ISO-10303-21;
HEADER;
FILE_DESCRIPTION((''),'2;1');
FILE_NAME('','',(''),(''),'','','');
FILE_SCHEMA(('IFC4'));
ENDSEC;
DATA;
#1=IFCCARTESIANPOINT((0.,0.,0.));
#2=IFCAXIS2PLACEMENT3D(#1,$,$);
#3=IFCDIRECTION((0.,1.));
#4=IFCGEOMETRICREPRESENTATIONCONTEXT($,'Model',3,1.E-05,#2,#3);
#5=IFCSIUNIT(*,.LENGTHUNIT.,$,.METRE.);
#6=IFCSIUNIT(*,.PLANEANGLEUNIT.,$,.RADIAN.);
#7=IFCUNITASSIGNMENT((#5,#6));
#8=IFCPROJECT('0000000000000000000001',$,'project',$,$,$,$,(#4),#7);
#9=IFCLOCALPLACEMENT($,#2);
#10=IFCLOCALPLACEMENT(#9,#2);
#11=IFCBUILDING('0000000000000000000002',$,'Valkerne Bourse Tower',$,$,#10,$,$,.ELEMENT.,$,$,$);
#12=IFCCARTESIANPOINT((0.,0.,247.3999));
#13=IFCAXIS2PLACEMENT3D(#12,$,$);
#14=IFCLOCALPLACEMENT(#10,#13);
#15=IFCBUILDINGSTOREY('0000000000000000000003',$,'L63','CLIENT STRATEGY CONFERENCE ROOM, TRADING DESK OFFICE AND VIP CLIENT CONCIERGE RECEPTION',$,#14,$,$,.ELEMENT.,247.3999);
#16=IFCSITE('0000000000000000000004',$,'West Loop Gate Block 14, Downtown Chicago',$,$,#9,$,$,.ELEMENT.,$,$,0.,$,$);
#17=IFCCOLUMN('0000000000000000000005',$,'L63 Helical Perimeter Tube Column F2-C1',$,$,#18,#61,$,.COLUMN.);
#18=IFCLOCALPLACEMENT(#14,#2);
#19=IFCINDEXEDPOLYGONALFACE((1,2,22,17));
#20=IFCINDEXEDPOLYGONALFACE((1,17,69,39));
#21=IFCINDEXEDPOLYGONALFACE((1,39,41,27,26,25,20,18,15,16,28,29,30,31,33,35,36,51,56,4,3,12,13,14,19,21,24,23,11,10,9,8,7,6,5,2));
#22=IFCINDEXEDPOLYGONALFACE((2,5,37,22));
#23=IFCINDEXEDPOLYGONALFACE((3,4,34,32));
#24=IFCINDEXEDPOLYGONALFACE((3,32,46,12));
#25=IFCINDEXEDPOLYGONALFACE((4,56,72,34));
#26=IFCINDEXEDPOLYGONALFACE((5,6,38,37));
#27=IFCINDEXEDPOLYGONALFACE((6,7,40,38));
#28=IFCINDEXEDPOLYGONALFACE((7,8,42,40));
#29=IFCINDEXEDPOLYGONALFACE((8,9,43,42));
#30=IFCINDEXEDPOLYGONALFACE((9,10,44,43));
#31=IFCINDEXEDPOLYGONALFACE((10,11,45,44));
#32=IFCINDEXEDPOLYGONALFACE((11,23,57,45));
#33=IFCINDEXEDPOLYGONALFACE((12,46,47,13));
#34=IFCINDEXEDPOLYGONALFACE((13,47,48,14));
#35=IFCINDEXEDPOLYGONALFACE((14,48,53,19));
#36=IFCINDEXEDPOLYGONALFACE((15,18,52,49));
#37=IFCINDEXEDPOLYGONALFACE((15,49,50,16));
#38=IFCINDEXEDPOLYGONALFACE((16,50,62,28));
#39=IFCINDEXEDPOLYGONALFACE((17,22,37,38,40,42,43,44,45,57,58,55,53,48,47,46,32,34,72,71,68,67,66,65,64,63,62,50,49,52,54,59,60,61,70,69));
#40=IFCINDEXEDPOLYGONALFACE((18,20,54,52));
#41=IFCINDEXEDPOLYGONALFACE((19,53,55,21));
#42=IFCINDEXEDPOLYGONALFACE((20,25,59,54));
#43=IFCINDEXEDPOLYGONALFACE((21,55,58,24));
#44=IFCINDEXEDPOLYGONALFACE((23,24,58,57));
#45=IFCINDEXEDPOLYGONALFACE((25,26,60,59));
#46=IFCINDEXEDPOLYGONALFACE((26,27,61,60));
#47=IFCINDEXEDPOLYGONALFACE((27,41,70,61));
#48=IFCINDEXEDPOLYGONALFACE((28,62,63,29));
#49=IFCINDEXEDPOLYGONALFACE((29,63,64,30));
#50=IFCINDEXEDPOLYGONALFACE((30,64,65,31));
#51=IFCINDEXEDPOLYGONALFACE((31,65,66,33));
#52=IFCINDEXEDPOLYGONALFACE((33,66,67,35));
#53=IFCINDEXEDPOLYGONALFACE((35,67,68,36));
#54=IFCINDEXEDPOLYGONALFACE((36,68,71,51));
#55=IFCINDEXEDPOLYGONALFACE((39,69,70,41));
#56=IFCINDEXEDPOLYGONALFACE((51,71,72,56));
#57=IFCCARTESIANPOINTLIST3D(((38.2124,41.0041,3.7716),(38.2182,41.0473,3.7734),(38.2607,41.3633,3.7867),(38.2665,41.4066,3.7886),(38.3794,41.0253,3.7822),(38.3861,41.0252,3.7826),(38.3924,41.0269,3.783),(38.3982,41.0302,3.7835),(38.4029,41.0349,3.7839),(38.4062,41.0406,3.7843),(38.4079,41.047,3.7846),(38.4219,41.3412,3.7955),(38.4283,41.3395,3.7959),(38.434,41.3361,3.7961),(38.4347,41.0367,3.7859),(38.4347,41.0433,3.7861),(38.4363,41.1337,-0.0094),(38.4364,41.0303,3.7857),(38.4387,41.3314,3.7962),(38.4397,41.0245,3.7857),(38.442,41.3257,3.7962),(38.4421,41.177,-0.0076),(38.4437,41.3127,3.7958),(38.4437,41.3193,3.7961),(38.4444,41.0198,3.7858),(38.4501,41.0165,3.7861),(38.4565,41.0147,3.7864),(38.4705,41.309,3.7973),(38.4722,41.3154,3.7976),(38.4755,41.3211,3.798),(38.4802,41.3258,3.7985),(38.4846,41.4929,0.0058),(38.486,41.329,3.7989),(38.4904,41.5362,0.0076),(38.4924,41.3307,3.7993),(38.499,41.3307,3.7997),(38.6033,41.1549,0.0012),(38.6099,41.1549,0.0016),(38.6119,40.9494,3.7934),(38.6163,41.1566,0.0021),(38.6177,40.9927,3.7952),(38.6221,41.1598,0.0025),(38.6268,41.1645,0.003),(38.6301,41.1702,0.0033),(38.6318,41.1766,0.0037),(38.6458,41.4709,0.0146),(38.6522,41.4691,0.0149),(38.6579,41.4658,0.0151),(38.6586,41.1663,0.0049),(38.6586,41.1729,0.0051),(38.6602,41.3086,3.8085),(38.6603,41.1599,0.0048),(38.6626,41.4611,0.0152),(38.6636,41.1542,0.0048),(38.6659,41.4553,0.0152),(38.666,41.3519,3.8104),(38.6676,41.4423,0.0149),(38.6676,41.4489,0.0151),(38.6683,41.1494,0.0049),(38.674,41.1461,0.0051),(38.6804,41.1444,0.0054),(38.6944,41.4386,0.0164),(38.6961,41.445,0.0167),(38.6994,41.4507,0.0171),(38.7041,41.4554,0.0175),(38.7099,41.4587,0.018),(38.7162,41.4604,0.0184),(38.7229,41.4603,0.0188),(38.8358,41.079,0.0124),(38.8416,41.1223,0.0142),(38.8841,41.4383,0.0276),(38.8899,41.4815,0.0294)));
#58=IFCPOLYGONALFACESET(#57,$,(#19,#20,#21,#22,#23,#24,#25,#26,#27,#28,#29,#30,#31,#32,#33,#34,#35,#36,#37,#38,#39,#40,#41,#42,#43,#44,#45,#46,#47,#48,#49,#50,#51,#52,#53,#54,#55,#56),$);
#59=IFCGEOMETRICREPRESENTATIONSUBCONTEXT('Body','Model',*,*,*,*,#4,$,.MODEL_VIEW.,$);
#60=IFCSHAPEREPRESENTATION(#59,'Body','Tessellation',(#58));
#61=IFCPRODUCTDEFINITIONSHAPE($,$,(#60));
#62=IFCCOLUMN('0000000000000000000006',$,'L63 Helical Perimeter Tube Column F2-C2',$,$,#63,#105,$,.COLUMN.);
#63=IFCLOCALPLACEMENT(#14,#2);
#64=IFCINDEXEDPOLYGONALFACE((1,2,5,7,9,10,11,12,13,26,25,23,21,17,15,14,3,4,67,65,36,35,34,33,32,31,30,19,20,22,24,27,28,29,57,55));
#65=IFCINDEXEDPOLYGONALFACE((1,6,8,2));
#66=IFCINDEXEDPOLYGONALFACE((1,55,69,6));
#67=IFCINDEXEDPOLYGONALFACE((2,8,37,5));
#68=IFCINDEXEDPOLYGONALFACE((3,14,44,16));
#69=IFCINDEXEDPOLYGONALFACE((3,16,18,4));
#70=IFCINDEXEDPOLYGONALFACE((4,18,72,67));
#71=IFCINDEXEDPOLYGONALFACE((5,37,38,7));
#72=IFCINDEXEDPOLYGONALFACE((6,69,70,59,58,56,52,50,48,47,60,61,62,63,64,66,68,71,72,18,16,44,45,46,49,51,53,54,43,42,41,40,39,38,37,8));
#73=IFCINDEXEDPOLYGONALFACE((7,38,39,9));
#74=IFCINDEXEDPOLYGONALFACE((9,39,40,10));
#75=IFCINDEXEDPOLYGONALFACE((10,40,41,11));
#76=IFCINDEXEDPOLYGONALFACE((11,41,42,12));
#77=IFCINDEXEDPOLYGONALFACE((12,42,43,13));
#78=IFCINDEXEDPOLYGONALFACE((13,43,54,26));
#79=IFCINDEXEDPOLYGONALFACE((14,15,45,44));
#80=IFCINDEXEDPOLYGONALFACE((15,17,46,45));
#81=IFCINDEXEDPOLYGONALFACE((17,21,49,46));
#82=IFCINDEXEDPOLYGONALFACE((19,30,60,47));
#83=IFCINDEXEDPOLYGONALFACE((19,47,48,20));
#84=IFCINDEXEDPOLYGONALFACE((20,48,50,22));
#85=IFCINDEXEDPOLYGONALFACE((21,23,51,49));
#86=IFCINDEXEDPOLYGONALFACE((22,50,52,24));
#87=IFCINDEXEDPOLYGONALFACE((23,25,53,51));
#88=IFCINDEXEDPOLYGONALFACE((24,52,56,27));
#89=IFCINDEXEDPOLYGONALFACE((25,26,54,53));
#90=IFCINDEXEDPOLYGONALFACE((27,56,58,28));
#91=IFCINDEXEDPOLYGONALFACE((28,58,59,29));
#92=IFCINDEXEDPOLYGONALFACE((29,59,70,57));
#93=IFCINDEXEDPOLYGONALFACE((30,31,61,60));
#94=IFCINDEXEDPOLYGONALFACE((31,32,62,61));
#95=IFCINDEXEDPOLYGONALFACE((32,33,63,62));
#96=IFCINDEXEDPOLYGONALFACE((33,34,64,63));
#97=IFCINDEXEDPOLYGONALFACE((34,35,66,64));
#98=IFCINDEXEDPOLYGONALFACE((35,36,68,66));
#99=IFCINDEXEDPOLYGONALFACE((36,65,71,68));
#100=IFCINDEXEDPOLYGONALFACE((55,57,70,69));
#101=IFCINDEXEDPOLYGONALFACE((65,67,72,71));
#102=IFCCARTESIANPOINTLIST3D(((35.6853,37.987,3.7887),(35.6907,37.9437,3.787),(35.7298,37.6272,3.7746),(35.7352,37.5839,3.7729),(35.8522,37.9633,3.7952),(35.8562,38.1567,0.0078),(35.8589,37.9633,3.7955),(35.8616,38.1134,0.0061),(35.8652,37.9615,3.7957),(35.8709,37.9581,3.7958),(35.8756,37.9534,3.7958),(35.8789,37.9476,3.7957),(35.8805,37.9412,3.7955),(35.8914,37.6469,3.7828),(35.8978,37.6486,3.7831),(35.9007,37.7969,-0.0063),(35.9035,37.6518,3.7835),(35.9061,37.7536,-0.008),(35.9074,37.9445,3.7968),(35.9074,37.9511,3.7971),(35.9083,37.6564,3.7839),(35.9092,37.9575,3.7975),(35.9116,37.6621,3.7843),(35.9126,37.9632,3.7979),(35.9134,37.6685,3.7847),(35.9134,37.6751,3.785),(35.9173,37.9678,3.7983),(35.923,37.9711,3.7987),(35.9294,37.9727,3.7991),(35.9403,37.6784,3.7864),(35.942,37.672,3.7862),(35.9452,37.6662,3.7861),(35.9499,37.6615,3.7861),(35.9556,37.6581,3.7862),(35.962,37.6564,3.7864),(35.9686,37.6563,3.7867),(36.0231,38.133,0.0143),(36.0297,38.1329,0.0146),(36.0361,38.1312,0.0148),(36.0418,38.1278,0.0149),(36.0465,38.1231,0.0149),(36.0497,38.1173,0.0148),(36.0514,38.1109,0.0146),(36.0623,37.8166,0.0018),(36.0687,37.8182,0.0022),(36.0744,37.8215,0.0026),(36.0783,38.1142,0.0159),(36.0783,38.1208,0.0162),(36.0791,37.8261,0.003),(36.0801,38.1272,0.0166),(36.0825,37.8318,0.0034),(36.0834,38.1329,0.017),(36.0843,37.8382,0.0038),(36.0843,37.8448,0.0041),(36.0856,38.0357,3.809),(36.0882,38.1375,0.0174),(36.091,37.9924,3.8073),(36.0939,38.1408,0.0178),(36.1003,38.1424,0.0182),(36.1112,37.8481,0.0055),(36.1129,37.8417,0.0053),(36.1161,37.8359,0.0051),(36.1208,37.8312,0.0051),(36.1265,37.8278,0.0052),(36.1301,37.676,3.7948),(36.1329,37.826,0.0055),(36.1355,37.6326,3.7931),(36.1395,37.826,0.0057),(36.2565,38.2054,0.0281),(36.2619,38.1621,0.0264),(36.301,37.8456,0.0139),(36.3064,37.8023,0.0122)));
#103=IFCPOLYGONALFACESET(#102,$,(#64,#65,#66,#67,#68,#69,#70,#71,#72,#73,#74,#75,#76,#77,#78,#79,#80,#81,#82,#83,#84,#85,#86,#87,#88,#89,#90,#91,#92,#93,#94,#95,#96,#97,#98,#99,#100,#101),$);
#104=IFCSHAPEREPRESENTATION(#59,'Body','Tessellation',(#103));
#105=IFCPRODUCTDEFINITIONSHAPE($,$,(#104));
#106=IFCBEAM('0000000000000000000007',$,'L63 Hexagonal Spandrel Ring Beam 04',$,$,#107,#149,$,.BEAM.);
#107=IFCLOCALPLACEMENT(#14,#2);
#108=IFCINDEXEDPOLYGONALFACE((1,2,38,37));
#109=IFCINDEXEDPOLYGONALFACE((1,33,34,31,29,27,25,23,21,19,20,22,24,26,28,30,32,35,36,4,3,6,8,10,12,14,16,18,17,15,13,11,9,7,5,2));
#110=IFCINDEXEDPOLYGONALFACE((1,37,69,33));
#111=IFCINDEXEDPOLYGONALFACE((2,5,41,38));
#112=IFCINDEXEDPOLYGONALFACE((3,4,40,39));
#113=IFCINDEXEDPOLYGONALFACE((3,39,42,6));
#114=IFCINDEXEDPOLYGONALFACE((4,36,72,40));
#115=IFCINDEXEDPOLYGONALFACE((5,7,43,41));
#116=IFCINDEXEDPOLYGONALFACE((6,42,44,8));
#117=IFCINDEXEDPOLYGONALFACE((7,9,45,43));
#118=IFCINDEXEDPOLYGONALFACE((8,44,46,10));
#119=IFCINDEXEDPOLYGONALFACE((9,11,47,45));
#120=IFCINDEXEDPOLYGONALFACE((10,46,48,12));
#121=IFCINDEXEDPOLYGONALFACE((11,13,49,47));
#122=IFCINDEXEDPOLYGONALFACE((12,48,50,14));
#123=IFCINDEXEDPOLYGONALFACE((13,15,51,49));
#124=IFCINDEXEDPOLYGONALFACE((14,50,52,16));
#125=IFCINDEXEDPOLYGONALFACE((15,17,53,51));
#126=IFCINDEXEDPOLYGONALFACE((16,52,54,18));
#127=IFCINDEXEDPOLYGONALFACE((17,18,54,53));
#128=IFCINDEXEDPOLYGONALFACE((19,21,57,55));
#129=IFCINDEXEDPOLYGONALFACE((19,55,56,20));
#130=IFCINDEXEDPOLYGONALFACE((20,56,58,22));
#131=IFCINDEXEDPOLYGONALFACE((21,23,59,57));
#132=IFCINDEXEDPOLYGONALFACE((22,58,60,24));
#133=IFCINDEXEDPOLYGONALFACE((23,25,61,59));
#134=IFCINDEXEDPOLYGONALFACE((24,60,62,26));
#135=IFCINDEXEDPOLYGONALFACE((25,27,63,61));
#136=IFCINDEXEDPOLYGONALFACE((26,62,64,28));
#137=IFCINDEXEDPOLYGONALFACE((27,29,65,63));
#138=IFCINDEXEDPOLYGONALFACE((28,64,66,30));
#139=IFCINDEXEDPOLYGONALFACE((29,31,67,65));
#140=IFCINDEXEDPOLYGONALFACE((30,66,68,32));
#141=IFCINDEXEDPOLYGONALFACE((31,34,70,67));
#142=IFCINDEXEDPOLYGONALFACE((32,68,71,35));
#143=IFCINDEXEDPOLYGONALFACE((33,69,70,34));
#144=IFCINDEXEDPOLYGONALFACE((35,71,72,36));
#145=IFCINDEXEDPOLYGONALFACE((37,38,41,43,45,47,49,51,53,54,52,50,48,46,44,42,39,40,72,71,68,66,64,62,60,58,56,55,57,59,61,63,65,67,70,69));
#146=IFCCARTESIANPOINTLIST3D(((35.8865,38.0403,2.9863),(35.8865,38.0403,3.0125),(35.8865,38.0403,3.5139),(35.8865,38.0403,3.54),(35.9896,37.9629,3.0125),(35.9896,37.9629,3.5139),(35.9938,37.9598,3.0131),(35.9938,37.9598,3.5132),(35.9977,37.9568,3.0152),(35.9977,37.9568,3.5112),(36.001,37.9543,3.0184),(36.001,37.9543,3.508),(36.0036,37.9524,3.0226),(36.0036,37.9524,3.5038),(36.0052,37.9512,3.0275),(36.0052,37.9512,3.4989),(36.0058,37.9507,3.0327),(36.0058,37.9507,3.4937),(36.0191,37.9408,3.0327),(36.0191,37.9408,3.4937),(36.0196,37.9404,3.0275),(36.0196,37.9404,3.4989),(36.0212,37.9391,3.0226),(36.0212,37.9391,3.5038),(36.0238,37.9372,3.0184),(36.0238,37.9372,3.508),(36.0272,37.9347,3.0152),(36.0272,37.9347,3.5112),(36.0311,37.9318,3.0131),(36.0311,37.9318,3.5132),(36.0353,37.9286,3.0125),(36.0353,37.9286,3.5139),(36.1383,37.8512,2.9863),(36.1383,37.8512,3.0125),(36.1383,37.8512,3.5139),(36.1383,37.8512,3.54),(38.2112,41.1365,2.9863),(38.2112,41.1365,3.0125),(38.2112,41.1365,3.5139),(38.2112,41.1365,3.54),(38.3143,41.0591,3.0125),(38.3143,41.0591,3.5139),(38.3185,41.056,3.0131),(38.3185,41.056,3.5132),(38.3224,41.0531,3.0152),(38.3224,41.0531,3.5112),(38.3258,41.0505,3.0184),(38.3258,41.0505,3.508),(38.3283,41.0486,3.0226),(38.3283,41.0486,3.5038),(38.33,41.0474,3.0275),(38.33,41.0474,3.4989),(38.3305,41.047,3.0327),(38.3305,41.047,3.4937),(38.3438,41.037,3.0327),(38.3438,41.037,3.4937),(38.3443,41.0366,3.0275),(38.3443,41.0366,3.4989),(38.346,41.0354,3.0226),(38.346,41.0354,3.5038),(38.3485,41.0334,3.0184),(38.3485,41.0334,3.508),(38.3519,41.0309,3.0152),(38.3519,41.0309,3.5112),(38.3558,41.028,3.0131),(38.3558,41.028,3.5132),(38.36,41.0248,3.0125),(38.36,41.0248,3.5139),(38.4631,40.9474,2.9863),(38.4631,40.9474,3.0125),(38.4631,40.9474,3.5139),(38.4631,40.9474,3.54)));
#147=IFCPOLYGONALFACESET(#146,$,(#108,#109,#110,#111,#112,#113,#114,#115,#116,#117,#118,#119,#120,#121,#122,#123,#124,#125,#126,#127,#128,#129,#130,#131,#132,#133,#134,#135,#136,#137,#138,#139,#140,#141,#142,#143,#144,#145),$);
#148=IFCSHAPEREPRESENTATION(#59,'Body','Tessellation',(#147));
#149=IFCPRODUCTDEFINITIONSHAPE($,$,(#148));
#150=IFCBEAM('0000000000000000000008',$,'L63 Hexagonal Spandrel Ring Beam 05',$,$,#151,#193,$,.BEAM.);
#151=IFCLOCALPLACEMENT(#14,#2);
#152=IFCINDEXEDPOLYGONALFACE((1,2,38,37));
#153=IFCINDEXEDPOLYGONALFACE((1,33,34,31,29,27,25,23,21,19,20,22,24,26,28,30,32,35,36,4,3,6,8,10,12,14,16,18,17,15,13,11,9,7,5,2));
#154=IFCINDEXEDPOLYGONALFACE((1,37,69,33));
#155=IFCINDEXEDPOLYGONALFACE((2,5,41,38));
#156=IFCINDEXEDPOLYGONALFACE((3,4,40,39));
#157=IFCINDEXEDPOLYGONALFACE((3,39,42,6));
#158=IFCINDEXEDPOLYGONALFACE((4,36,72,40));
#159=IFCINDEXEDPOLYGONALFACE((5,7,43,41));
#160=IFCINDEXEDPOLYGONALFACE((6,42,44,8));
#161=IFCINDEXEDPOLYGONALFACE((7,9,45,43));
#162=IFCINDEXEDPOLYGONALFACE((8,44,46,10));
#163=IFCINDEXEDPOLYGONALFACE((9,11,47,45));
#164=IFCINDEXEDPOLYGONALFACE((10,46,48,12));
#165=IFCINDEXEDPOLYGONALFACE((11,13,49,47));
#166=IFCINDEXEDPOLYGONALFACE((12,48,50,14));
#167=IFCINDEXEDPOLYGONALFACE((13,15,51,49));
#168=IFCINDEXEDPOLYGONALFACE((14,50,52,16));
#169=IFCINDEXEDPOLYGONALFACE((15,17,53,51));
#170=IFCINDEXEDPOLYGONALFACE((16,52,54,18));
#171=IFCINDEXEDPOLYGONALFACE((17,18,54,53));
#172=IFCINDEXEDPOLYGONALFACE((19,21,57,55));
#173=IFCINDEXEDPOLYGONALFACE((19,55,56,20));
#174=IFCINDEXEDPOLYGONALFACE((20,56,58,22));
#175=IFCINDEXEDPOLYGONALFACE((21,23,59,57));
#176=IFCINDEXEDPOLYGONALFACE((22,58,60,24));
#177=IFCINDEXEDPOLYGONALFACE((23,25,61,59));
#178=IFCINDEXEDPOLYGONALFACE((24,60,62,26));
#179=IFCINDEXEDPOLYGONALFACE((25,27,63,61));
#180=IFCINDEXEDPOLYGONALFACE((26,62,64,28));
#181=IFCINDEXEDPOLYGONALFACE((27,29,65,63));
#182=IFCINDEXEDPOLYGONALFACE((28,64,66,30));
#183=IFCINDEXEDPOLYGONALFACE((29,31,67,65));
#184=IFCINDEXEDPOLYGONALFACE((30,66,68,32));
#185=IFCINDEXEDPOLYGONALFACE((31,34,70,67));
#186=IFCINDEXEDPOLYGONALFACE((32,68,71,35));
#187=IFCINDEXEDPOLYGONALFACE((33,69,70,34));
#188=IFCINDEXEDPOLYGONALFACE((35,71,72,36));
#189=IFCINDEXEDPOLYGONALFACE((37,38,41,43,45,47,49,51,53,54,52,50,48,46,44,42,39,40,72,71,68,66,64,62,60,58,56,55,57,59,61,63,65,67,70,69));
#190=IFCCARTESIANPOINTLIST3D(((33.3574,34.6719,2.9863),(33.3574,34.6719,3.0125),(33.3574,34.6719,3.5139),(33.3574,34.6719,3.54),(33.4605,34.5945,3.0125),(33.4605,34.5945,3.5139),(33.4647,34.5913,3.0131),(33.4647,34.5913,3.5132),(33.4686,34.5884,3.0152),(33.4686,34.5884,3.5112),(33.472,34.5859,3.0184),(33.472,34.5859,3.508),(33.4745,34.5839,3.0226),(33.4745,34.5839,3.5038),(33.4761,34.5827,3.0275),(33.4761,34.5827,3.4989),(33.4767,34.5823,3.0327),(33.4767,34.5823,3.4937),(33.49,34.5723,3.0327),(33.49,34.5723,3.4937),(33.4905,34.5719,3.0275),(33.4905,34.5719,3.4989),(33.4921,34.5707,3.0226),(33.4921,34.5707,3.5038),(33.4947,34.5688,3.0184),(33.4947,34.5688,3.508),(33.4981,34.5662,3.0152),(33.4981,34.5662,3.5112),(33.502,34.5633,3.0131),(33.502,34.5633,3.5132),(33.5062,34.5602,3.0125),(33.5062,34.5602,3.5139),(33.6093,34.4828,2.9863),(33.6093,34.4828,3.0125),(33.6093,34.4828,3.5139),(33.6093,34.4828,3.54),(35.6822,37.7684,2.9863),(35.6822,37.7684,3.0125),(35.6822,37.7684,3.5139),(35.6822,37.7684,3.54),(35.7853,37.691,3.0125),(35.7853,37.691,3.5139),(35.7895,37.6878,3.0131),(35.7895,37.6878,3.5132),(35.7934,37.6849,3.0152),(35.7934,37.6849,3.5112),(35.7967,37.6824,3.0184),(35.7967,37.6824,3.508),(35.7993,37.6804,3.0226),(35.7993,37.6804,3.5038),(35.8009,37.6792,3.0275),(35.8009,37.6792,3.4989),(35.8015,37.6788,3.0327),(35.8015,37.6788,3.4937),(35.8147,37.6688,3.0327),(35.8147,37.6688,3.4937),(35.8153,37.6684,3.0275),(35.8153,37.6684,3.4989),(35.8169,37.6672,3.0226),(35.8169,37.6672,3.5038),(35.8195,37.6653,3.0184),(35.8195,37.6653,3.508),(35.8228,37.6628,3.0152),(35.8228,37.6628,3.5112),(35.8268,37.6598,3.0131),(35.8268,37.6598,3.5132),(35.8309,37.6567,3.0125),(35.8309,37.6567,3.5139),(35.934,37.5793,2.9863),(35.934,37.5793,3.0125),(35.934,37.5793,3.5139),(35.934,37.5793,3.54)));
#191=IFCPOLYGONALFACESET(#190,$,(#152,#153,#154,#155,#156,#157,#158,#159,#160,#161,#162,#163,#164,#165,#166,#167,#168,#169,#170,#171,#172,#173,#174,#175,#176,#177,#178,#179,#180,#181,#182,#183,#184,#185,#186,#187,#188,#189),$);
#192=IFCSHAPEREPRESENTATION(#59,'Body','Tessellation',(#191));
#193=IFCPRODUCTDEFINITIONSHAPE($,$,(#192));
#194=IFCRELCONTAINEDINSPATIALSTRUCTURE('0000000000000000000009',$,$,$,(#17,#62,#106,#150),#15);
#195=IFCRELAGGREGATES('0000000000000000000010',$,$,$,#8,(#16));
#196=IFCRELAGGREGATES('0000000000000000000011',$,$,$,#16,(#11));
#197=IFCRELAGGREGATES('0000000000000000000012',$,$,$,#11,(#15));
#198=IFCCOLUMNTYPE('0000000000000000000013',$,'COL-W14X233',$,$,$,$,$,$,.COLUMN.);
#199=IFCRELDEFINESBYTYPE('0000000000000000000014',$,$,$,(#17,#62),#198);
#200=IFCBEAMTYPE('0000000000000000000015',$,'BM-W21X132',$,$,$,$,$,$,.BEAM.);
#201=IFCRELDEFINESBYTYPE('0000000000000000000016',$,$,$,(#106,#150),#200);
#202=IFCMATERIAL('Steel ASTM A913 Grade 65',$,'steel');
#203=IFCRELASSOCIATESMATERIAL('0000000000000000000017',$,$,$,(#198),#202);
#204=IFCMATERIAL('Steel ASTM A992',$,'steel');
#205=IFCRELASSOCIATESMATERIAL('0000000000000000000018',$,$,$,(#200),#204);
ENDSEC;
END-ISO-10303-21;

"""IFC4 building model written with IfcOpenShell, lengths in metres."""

from ifc_helpers import new_model, si_unit, direction, frame, origin, origin_2d, place, context, subcontext, project, spatial, i_section, extrude, material, material_profile, profile_set, type_object, element, save


model = new_model("IFC4")

# Units and contexts
model_context = context("Model", 3, precision=1e-05, world=origin(), true_north=direction((0.0, 1.0)))
body_context = subcontext(model_context, "Body", "Model", "MODEL_VIEW")
ifc_project = project(units=[si_unit("LENGTHUNIT", "METRE"), si_unit("PLANEANGLEUNIT", "RADIAN")], contexts=[model_context])

# Site, building, storey
site_placement = place(None, origin())
site = spatial("IfcSite", under=ifc_project, at=site_placement, Name="West Loop Gate Block 14, Downtown Chicago", CompositionType="ELEMENT", RefElevation=0.0)
building_placement = place(site_placement, origin())
building = spatial("IfcBuilding", under=site, at=building_placement, Name="Valkerne Bourse Tower", CompositionType="ELEMENT")
storey_placement = place(building_placement, frame((0.0, 0.0, 247.3999)))
storey = spatial("IfcBuildingStorey", under=building, at=storey_placement, Name="L63", Description="CLIENT STRATEGY CONFERENCE ROOM, TRADING DESK OFFICE AND VIP CLIENT CONCIERGE RECEPTION", CompositionType="ELEMENT", Elevation=247.3999)

# Columns
ifc_material_1 = material(Name="Steel ASTM A913 Grade 65", Category="steel")
ifc_material_profile_1 = material_profile(ifc_material_1, i_section(OverallWidth=0.4038, OverallDepth=0.4065, WebThickness=0.0271, FlangeThickness=0.0437, FilletRadius=0.0254, at=origin_2d()), Name="W14X233")
ifc_profile_set_1 = profile_set([ifc_material_profile_1], Name="Steel ASTM A913 Grade 65")
column_type = type_object("IfcColumnType", Name="COL-W14X233", PredefinedType="COLUMN", material=ifc_profile_set_1)
column_1_placement = place(storey_placement, frame((38.6631, 41.3076, 0.01), z_axis=(-0.059073, -0.034207, 0.997667), x_axis=(-0.989326, 0.135368, -0.053938)))
element("IfcColumn", 1, at=column_1_placement, inside=storey, type_object=column_type, Name="L63 Helical Perimeter Tube Column F2-C1", PredefinedType="COLUMN", context=body_context, shape_type="SweptSolid", body=[
    extrude(i_section(OverallWidth=0.4038, OverallDepth=0.4065, WebThickness=0.0271, FlangeThickness=0.0437, FilletRadius=0.0254, at=origin_2d()), origin(), (0.0, 0.0, 1.0), 3.7898),
])
column_2_placement = place(storey_placement, frame((36.0813, 37.9795, 0.01), z_axis=(-0.045108, -0.044786, 0.997978), x_axis=(-0.991424, -0.120651, -0.050226)))
element("IfcColumn", 2, at=column_2_placement, inside=storey, type_object=column_type, Name="L63 Helical Perimeter Tube Column F2-C2", PredefinedType="COLUMN", context=body_context, shape_type="SweptSolid", body=[
    extrude(i_section(OverallWidth=0.4038, OverallDepth=0.4065, WebThickness=0.0271, FlangeThickness=0.0437, FilletRadius=0.0254, at=origin_2d()), origin(), (0.0, 0.0, 1.0), 3.7886),
])

# Beams
ifc_material_2 = material(Name="Steel ASTM A992", Category="steel")
ifc_material_profile_2 = material_profile(ifc_material_2, i_section(OverallWidth=0.3149, OverallDepth=0.5537, WebThickness=0.0166, FlangeThickness=0.0261, FilletRadius=0.0203, at=origin_2d()), Name="W21X132")
ifc_profile_set_2 = profile_set([ifc_material_profile_2], Name="Steel ASTM A992")
beam_type_1 = type_object("IfcBeamType", Name="BM-W21X132", PredefinedType="BEAM", material=ifc_profile_set_2)
beam_1_placement = place(storey_placement, frame((38.3372, 41.042, 3.2632), z_axis=(-0.600424, -0.799682, 0.0), x_axis=(0.799682, -0.600424, 0.0)))
element("IfcBeam", 3, at=beam_1_placement, inside=storey, type_object=beam_type_1, Name="L63 Hexagonal Spandrel Ring Beam 04", PredefinedType="BEAM", context=body_context, shape_type="SweptSolid", body=[
    extrude(i_section(OverallWidth=0.3149, OverallDepth=0.5537, WebThickness=0.0166, FlangeThickness=0.0261, FilletRadius=0.0203, at=origin_2d()), origin(), (0.0, 0.0, 1.0), 3.8718),
])
beam_2_placement = place(storey_placement, frame((35.8081, 37.6738, 3.2632), z_axis=(-0.600393, -0.799705, 0.0), x_axis=(0.799705, -0.600393, 0.0)))
element("IfcBeam", 4, at=beam_2_placement, inside=storey, type_object=beam_type_1, Name="L63 Hexagonal Spandrel Ring Beam 05", PredefinedType="BEAM", context=body_context, shape_type="SweptSolid", body=[
    extrude(i_section(OverallWidth=0.3149, OverallDepth=0.5537, WebThickness=0.0166, FlangeThickness=0.0261, FilletRadius=0.0203, at=origin_2d()), origin(), (0.0, 0.0, 1.0), 3.8721),
])

save(model, "model.ifc")
